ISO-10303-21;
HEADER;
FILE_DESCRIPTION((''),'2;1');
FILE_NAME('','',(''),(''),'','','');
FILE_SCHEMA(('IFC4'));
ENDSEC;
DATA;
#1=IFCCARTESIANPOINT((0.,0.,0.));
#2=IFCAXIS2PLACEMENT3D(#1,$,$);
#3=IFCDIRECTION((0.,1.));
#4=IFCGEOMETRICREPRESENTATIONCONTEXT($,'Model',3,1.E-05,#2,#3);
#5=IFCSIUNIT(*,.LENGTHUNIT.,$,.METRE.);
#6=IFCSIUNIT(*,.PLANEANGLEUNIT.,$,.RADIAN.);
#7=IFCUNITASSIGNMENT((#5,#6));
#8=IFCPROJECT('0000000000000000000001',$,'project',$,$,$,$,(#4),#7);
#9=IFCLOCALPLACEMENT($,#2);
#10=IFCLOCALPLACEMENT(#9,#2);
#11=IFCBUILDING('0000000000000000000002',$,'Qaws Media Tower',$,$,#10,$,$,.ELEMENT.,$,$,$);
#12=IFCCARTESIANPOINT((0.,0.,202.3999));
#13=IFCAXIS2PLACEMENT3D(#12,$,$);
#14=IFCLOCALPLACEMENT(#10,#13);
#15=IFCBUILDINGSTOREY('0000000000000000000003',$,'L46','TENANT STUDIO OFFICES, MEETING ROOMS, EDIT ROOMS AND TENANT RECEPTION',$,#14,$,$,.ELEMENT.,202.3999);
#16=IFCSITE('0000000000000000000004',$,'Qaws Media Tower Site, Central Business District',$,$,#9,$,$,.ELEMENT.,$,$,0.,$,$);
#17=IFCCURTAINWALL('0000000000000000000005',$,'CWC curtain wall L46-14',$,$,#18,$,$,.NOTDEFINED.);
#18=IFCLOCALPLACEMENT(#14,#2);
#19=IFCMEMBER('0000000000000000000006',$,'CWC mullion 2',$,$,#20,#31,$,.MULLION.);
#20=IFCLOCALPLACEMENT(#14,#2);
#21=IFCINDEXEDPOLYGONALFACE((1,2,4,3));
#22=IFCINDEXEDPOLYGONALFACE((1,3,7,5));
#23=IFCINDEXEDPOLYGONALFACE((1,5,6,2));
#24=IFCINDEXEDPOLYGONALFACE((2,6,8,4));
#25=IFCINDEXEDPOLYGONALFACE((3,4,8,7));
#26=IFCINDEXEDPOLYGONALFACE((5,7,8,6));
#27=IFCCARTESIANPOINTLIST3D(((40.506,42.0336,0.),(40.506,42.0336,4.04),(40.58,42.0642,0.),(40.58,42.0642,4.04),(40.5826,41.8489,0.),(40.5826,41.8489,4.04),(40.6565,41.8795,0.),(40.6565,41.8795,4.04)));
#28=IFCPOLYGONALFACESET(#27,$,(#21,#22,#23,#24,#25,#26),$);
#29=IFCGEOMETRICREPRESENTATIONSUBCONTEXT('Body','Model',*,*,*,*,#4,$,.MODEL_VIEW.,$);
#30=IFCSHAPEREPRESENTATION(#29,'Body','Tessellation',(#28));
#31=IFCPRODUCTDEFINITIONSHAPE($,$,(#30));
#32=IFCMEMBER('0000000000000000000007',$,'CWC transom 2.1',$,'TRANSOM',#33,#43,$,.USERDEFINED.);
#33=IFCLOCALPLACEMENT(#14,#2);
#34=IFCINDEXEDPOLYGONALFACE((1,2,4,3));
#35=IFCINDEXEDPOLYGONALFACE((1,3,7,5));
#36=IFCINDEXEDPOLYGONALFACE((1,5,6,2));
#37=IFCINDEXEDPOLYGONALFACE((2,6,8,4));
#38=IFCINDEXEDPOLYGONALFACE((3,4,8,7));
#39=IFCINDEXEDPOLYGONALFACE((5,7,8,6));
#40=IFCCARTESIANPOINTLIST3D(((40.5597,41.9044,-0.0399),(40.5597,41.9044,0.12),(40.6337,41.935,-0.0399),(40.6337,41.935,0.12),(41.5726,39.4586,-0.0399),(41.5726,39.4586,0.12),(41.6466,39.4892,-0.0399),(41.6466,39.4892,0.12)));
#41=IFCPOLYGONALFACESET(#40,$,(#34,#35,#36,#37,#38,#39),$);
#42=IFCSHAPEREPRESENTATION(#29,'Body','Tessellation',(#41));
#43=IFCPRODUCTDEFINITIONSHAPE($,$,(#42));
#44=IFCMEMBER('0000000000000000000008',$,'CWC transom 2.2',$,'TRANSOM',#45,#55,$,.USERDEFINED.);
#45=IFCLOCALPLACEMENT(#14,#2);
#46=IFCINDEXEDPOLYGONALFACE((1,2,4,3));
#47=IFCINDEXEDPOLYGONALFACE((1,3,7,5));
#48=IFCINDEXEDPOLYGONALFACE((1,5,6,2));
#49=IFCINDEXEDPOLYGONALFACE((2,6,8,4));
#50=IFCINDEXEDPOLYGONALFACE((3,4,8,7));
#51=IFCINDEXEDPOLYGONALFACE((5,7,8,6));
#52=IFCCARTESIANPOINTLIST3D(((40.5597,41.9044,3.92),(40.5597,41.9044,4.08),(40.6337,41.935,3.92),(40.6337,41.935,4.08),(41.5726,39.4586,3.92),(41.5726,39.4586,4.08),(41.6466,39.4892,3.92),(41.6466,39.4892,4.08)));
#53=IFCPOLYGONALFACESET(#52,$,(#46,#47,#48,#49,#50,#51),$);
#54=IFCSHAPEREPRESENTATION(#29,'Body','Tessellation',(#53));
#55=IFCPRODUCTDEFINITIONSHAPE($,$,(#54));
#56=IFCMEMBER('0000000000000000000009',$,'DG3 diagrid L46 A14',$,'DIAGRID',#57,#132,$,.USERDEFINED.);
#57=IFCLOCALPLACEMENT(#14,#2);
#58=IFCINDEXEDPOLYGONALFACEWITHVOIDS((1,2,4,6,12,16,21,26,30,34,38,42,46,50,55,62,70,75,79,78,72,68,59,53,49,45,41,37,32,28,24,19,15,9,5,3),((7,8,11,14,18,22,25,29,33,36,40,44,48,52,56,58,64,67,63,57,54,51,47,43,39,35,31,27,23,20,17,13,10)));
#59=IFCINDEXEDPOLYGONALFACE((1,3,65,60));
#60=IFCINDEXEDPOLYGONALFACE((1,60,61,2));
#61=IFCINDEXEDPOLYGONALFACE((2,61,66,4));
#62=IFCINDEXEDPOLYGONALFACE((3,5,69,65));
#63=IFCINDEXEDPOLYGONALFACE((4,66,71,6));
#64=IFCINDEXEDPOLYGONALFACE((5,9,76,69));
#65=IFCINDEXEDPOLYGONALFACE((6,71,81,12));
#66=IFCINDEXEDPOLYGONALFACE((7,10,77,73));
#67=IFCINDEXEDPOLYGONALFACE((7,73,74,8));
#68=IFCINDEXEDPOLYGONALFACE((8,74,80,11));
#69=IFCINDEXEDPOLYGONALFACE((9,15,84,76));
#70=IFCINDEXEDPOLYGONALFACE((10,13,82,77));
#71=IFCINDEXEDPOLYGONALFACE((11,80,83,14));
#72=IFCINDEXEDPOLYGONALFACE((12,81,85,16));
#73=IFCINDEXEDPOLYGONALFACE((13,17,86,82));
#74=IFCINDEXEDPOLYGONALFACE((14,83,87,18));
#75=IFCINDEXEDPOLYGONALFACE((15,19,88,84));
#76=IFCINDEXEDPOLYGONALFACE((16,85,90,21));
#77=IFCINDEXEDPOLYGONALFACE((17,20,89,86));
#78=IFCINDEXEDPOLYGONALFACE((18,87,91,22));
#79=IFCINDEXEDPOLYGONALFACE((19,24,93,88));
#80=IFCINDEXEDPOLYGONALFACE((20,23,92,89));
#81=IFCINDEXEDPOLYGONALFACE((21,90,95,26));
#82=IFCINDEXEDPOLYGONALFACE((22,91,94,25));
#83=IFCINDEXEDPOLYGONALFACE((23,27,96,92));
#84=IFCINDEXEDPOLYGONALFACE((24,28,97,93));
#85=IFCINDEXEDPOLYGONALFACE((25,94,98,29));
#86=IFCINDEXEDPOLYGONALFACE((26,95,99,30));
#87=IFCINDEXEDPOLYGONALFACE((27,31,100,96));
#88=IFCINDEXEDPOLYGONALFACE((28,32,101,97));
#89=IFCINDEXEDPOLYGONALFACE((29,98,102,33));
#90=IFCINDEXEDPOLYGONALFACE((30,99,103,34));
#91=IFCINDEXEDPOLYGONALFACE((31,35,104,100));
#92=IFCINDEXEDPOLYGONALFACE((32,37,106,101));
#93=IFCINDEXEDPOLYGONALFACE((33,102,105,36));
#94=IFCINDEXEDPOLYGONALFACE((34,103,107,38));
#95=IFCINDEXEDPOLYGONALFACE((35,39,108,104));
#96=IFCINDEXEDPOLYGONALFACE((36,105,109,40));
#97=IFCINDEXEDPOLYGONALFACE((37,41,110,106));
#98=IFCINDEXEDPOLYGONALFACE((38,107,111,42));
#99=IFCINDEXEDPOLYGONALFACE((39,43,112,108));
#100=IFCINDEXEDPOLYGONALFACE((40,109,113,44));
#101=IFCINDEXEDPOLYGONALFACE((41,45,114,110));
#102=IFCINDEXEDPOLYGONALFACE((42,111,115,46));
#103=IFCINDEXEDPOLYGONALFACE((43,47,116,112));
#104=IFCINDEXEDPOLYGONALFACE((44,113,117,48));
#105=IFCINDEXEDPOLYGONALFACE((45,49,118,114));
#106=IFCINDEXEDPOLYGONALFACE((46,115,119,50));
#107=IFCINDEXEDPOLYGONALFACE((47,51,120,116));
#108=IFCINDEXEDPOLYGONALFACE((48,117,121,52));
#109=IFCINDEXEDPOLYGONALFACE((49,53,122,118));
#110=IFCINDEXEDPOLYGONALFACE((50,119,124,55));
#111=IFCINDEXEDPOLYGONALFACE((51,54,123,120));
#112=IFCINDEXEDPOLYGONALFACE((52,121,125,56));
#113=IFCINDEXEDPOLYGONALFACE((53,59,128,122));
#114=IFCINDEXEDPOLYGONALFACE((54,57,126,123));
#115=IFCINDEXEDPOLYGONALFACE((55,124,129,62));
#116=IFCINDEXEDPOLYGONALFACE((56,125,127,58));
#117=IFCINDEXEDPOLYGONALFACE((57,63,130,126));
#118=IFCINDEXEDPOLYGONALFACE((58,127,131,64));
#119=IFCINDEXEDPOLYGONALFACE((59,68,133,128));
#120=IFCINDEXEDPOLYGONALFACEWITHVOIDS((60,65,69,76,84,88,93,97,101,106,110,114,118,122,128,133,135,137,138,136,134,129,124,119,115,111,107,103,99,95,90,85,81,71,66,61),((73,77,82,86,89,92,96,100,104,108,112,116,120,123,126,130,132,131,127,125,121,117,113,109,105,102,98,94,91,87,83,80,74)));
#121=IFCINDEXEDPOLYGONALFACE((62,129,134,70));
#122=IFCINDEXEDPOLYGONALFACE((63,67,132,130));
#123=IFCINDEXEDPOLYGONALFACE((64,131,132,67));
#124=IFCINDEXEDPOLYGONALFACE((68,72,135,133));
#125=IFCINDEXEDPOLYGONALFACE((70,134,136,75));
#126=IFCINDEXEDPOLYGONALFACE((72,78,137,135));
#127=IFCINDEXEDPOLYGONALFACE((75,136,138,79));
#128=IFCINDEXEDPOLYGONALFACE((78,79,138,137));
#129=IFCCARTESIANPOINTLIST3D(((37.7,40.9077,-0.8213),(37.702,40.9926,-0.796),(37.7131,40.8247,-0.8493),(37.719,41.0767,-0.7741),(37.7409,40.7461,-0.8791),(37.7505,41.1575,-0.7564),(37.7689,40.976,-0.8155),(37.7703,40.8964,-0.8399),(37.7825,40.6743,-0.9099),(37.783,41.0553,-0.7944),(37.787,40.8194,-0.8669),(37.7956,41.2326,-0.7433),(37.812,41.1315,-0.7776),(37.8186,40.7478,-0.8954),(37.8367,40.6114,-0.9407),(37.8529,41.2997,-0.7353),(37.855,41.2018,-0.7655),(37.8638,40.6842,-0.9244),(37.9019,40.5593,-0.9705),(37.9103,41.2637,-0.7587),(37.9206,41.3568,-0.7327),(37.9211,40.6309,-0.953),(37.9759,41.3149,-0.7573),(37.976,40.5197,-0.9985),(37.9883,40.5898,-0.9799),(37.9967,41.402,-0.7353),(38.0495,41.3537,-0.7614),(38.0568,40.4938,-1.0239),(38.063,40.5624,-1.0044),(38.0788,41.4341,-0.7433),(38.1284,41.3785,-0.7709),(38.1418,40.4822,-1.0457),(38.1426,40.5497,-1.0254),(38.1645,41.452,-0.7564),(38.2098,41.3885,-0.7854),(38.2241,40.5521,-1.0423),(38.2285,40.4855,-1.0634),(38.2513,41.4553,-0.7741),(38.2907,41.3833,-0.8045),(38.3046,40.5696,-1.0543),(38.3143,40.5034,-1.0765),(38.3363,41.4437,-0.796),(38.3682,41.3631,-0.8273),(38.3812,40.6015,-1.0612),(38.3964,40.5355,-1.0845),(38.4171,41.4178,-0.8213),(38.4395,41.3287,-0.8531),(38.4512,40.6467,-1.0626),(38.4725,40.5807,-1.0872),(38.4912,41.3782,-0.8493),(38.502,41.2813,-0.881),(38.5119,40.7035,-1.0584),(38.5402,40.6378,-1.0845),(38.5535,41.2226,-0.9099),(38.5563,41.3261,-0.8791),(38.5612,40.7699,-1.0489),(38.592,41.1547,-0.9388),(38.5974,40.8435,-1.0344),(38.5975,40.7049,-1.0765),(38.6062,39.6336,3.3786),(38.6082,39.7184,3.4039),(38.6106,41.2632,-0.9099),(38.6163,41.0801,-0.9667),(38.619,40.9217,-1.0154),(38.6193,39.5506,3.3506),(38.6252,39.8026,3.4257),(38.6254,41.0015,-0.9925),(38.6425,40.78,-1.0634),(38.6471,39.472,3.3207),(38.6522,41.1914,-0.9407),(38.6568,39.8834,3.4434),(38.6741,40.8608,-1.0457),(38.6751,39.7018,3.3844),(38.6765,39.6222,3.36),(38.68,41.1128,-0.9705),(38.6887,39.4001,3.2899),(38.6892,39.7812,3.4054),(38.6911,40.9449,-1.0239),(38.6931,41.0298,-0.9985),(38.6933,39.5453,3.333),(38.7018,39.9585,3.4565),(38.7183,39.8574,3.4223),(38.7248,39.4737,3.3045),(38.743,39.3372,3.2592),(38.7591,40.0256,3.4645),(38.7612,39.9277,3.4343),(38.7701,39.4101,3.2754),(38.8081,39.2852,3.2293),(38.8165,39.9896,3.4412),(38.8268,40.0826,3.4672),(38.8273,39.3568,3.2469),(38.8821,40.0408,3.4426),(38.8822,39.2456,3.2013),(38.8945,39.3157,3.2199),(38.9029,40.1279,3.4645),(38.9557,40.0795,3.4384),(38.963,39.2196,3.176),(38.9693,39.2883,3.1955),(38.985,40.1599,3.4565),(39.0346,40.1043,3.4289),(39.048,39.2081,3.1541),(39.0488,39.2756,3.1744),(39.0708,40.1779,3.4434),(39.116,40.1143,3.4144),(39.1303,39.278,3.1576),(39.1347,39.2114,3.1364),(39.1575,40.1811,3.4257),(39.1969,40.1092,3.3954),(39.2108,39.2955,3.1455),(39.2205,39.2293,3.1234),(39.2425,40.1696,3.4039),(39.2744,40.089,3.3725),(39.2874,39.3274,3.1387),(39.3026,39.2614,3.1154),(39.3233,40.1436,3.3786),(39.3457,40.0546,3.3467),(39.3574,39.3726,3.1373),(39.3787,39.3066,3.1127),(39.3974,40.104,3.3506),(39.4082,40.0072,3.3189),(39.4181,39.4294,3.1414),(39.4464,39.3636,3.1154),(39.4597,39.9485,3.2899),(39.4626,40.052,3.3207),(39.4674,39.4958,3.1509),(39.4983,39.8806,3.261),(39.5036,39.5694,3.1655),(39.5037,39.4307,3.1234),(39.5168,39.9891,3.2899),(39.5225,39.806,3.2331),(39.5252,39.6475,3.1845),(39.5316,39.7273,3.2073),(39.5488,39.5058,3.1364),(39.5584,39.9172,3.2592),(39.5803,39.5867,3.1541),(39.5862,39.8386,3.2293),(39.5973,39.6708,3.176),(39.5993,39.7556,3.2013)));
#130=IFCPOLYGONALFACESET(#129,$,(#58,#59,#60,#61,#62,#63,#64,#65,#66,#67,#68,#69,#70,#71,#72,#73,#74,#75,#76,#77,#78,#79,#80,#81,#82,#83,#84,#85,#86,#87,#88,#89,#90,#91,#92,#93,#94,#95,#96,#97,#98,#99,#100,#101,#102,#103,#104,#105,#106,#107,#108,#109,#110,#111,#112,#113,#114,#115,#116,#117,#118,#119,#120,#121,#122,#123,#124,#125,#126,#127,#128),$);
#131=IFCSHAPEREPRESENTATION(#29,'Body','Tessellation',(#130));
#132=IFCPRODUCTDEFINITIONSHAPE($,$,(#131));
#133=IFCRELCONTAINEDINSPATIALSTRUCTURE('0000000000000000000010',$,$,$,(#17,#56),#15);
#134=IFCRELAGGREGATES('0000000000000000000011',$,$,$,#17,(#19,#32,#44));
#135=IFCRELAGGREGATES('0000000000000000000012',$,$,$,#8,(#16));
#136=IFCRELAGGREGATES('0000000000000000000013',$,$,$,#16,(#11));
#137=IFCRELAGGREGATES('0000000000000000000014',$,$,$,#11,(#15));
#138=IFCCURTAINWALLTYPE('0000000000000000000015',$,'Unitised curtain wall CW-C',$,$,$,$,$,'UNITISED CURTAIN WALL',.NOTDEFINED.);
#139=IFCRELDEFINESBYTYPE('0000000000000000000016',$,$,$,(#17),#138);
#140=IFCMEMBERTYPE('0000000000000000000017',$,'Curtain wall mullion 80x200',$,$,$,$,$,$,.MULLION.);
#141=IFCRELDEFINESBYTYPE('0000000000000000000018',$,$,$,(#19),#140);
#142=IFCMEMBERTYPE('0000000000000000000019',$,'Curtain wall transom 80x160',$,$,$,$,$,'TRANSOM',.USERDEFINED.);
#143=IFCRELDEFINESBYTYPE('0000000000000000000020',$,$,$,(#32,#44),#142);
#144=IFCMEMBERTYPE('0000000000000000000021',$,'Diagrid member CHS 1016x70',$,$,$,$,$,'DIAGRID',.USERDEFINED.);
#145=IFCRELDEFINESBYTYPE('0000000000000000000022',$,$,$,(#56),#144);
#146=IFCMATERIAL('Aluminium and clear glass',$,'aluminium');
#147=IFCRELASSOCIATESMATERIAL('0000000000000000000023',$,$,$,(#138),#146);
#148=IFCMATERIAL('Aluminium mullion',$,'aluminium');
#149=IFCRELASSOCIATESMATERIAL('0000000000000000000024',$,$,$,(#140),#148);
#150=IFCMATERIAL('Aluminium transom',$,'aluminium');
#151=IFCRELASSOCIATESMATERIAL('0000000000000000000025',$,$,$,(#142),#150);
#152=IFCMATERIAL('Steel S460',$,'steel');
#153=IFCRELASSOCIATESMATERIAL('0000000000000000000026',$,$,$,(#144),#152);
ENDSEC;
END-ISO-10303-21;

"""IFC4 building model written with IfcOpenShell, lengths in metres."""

from ifc_helpers import new_model, si_unit, direction, frame, origin, origin_2d, place, context, subcontext, project, spatial, rectangle, hollow_circle, extrude, material, material_profile, profile_set, type_object, element, aggregate, save


model = new_model("IFC4")

# Units and contexts
model_context = context("Model", 3, precision=1e-05, world=origin(), true_north=direction((0.0, 1.0)))
body_context = subcontext(model_context, "Body", "Model", "MODEL_VIEW")
ifc_project = project(units=[si_unit("LENGTHUNIT", "METRE"), si_unit("PLANEANGLEUNIT", "RADIAN")], contexts=[model_context])

# Site, building, storey
site_placement = place(None, origin())
site = spatial("IfcSite", under=ifc_project, at=site_placement, Name="Qaws Media Tower Site, Central Business District", CompositionType="ELEMENT", RefElevation=0.0)
building_placement = place(site_placement, origin())
building = spatial("IfcBuilding", under=site, at=building_placement, Name="Qaws Media Tower", CompositionType="ELEMENT")
storey_placement = place(building_placement, frame((0.0, 0.0, 202.3999)))
storey = spatial("IfcBuildingStorey", under=building, at=storey_placement, Name="L46", Description="TENANT STUDIO OFFICES, MEETING ROOMS, EDIT ROOMS AND TENANT RECEPTION", CompositionType="ELEMENT", Elevation=202.3999)

# Curtain wall, members
ifc_material_1 = material(Name="Aluminium and clear glass", Category="aluminium")
curtain_wall_type = type_object("IfcCurtainWallType", Name="Unitised curtain wall CW-C", ElementType="UNITISED CURTAIN WALL", PredefinedType="NOTDEFINED", material=ifc_material_1)
curtain_wall_placement = place(storey_placement, origin())
curtain_wall = element("IfcCurtainWall", 1, at=curtain_wall_placement, inside=storey, type_object=curtain_wall_type, Name="CWC curtain wall L46-14", PredefinedType="NOTDEFINED")
ifc_material_2 = material(Name="Aluminium mullion", Category="aluminium")
ifc_material_profile_1 = material_profile(ifc_material_2, rectangle(XDim=0.0801, YDim=0.2, at=origin_2d()), Name="80x200")
ifc_profile_set_1 = profile_set([ifc_material_profile_1], Name="Aluminium mullion")
member_type_1 = type_object("IfcMemberType", Name="Curtain wall mullion 80x200", PredefinedType="MULLION", material=ifc_profile_set_1)
member_1_placement = place(storey_placement, frame((40.5813, 41.9565, 0.0), z_axis=(0.0, 0.0, 1.0), x_axis=(0.92388, 0.382683, 0.0)))
member_1 = element("IfcMember", 2, at=member_1_placement, type_object=member_type_1, Name="CWC mullion 2", PredefinedType="MULLION", context=body_context, shape_type="SweptSolid", body=[
    extrude(rectangle(XDim=0.0801, YDim=0.2, at=origin_2d()), origin(), (0.0, 0.0, 1.0), 4.04),
])
ifc_material_3 = material(Name="Aluminium transom", Category="aluminium")
ifc_material_profile_2 = material_profile(ifc_material_3, rectangle(XDim=0.0801, YDim=0.1599, at=origin_2d()), Name="80x160")
ifc_profile_set_2 = profile_set([ifc_material_profile_2], Name="Aluminium transom")
member_type_2 = type_object("IfcMemberType", Name="Curtain wall transom 80x160", ElementType="TRANSOM", PredefinedType="USERDEFINED", material=ifc_profile_set_2)
member_2_placement = place(storey_placement, frame((40.5967, 41.9197, 0.04), z_axis=(0.382637, -0.923899, 0.0), x_axis=(0.923899, 0.382637, 0.0)))
member_2 = element("IfcMember", 3, at=member_2_placement, type_object=member_type_2, Name="CWC transom 2.1", ObjectType="TRANSOM", PredefinedType="USERDEFINED", context=body_context, shape_type="SweptSolid", body=[
    extrude(rectangle(XDim=0.0801, YDim=0.1599, at=origin_2d()), origin(), (0.0, 0.0, 1.0), 2.6472),
])
member_3_placement = place(storey_placement, frame((40.5967, 41.9197, 4.0), z_axis=(0.382637, -0.923899, 0.0), x_axis=(0.923899, 0.382637, 0.0)))
member_3 = element("IfcMember", 4, at=member_3_placement, type_object=member_type_2, Name="CWC transom 2.2", ObjectType="TRANSOM", PredefinedType="USERDEFINED", context=body_context, shape_type="SweptSolid", body=[
    extrude(rectangle(XDim=0.0801, YDim=0.1599, at=origin_2d()), origin(), (0.0, 0.0, 1.0), 2.6472),
])

# Member
ifc_material_4 = material(Name="Steel S460", Category="steel")
ifc_material_profile_3 = material_profile(ifc_material_4, hollow_circle(Radius=0.5081, WallThickness=0.0701, at=origin_2d()), Name="CHS 1016x70")
ifc_profile_set_3 = profile_set([ifc_material_profile_3], Name="Steel S460")
member_type_3 = type_object("IfcMemberType", Name="Diagrid member CHS 1016x70", ElementType="DIAGRID", PredefinedType="USERDEFINED", material=ifc_profile_set_3)
for number, where, z_axis, x_axis, name in (
    (5, (38.1965, 40.9688, -0.9099), (0.202217, -0.284314, 0.937163), (0.814903, 0.579598, 0.0), "DG3 diagrid L46 A14"),
):
    element("IfcMember", number, at=place(storey_placement, frame(where, z_axis=z_axis, x_axis=x_axis)), inside=storey, type_object=member_type_3, Name=name, ObjectType="DIAGRID", PredefinedType="USERDEFINED", context=body_context, shape_type="SweptSolid", body=[
        extrude(hollow_circle(Radius=0.5081, WallThickness=0.0701, at=origin_2d()), origin(), (0.0, 0.0, 1.0), 4.4814),
    ])

aggregate(curtain_wall, [member_1, member_2, member_3])

save(model, "model.ifc")
